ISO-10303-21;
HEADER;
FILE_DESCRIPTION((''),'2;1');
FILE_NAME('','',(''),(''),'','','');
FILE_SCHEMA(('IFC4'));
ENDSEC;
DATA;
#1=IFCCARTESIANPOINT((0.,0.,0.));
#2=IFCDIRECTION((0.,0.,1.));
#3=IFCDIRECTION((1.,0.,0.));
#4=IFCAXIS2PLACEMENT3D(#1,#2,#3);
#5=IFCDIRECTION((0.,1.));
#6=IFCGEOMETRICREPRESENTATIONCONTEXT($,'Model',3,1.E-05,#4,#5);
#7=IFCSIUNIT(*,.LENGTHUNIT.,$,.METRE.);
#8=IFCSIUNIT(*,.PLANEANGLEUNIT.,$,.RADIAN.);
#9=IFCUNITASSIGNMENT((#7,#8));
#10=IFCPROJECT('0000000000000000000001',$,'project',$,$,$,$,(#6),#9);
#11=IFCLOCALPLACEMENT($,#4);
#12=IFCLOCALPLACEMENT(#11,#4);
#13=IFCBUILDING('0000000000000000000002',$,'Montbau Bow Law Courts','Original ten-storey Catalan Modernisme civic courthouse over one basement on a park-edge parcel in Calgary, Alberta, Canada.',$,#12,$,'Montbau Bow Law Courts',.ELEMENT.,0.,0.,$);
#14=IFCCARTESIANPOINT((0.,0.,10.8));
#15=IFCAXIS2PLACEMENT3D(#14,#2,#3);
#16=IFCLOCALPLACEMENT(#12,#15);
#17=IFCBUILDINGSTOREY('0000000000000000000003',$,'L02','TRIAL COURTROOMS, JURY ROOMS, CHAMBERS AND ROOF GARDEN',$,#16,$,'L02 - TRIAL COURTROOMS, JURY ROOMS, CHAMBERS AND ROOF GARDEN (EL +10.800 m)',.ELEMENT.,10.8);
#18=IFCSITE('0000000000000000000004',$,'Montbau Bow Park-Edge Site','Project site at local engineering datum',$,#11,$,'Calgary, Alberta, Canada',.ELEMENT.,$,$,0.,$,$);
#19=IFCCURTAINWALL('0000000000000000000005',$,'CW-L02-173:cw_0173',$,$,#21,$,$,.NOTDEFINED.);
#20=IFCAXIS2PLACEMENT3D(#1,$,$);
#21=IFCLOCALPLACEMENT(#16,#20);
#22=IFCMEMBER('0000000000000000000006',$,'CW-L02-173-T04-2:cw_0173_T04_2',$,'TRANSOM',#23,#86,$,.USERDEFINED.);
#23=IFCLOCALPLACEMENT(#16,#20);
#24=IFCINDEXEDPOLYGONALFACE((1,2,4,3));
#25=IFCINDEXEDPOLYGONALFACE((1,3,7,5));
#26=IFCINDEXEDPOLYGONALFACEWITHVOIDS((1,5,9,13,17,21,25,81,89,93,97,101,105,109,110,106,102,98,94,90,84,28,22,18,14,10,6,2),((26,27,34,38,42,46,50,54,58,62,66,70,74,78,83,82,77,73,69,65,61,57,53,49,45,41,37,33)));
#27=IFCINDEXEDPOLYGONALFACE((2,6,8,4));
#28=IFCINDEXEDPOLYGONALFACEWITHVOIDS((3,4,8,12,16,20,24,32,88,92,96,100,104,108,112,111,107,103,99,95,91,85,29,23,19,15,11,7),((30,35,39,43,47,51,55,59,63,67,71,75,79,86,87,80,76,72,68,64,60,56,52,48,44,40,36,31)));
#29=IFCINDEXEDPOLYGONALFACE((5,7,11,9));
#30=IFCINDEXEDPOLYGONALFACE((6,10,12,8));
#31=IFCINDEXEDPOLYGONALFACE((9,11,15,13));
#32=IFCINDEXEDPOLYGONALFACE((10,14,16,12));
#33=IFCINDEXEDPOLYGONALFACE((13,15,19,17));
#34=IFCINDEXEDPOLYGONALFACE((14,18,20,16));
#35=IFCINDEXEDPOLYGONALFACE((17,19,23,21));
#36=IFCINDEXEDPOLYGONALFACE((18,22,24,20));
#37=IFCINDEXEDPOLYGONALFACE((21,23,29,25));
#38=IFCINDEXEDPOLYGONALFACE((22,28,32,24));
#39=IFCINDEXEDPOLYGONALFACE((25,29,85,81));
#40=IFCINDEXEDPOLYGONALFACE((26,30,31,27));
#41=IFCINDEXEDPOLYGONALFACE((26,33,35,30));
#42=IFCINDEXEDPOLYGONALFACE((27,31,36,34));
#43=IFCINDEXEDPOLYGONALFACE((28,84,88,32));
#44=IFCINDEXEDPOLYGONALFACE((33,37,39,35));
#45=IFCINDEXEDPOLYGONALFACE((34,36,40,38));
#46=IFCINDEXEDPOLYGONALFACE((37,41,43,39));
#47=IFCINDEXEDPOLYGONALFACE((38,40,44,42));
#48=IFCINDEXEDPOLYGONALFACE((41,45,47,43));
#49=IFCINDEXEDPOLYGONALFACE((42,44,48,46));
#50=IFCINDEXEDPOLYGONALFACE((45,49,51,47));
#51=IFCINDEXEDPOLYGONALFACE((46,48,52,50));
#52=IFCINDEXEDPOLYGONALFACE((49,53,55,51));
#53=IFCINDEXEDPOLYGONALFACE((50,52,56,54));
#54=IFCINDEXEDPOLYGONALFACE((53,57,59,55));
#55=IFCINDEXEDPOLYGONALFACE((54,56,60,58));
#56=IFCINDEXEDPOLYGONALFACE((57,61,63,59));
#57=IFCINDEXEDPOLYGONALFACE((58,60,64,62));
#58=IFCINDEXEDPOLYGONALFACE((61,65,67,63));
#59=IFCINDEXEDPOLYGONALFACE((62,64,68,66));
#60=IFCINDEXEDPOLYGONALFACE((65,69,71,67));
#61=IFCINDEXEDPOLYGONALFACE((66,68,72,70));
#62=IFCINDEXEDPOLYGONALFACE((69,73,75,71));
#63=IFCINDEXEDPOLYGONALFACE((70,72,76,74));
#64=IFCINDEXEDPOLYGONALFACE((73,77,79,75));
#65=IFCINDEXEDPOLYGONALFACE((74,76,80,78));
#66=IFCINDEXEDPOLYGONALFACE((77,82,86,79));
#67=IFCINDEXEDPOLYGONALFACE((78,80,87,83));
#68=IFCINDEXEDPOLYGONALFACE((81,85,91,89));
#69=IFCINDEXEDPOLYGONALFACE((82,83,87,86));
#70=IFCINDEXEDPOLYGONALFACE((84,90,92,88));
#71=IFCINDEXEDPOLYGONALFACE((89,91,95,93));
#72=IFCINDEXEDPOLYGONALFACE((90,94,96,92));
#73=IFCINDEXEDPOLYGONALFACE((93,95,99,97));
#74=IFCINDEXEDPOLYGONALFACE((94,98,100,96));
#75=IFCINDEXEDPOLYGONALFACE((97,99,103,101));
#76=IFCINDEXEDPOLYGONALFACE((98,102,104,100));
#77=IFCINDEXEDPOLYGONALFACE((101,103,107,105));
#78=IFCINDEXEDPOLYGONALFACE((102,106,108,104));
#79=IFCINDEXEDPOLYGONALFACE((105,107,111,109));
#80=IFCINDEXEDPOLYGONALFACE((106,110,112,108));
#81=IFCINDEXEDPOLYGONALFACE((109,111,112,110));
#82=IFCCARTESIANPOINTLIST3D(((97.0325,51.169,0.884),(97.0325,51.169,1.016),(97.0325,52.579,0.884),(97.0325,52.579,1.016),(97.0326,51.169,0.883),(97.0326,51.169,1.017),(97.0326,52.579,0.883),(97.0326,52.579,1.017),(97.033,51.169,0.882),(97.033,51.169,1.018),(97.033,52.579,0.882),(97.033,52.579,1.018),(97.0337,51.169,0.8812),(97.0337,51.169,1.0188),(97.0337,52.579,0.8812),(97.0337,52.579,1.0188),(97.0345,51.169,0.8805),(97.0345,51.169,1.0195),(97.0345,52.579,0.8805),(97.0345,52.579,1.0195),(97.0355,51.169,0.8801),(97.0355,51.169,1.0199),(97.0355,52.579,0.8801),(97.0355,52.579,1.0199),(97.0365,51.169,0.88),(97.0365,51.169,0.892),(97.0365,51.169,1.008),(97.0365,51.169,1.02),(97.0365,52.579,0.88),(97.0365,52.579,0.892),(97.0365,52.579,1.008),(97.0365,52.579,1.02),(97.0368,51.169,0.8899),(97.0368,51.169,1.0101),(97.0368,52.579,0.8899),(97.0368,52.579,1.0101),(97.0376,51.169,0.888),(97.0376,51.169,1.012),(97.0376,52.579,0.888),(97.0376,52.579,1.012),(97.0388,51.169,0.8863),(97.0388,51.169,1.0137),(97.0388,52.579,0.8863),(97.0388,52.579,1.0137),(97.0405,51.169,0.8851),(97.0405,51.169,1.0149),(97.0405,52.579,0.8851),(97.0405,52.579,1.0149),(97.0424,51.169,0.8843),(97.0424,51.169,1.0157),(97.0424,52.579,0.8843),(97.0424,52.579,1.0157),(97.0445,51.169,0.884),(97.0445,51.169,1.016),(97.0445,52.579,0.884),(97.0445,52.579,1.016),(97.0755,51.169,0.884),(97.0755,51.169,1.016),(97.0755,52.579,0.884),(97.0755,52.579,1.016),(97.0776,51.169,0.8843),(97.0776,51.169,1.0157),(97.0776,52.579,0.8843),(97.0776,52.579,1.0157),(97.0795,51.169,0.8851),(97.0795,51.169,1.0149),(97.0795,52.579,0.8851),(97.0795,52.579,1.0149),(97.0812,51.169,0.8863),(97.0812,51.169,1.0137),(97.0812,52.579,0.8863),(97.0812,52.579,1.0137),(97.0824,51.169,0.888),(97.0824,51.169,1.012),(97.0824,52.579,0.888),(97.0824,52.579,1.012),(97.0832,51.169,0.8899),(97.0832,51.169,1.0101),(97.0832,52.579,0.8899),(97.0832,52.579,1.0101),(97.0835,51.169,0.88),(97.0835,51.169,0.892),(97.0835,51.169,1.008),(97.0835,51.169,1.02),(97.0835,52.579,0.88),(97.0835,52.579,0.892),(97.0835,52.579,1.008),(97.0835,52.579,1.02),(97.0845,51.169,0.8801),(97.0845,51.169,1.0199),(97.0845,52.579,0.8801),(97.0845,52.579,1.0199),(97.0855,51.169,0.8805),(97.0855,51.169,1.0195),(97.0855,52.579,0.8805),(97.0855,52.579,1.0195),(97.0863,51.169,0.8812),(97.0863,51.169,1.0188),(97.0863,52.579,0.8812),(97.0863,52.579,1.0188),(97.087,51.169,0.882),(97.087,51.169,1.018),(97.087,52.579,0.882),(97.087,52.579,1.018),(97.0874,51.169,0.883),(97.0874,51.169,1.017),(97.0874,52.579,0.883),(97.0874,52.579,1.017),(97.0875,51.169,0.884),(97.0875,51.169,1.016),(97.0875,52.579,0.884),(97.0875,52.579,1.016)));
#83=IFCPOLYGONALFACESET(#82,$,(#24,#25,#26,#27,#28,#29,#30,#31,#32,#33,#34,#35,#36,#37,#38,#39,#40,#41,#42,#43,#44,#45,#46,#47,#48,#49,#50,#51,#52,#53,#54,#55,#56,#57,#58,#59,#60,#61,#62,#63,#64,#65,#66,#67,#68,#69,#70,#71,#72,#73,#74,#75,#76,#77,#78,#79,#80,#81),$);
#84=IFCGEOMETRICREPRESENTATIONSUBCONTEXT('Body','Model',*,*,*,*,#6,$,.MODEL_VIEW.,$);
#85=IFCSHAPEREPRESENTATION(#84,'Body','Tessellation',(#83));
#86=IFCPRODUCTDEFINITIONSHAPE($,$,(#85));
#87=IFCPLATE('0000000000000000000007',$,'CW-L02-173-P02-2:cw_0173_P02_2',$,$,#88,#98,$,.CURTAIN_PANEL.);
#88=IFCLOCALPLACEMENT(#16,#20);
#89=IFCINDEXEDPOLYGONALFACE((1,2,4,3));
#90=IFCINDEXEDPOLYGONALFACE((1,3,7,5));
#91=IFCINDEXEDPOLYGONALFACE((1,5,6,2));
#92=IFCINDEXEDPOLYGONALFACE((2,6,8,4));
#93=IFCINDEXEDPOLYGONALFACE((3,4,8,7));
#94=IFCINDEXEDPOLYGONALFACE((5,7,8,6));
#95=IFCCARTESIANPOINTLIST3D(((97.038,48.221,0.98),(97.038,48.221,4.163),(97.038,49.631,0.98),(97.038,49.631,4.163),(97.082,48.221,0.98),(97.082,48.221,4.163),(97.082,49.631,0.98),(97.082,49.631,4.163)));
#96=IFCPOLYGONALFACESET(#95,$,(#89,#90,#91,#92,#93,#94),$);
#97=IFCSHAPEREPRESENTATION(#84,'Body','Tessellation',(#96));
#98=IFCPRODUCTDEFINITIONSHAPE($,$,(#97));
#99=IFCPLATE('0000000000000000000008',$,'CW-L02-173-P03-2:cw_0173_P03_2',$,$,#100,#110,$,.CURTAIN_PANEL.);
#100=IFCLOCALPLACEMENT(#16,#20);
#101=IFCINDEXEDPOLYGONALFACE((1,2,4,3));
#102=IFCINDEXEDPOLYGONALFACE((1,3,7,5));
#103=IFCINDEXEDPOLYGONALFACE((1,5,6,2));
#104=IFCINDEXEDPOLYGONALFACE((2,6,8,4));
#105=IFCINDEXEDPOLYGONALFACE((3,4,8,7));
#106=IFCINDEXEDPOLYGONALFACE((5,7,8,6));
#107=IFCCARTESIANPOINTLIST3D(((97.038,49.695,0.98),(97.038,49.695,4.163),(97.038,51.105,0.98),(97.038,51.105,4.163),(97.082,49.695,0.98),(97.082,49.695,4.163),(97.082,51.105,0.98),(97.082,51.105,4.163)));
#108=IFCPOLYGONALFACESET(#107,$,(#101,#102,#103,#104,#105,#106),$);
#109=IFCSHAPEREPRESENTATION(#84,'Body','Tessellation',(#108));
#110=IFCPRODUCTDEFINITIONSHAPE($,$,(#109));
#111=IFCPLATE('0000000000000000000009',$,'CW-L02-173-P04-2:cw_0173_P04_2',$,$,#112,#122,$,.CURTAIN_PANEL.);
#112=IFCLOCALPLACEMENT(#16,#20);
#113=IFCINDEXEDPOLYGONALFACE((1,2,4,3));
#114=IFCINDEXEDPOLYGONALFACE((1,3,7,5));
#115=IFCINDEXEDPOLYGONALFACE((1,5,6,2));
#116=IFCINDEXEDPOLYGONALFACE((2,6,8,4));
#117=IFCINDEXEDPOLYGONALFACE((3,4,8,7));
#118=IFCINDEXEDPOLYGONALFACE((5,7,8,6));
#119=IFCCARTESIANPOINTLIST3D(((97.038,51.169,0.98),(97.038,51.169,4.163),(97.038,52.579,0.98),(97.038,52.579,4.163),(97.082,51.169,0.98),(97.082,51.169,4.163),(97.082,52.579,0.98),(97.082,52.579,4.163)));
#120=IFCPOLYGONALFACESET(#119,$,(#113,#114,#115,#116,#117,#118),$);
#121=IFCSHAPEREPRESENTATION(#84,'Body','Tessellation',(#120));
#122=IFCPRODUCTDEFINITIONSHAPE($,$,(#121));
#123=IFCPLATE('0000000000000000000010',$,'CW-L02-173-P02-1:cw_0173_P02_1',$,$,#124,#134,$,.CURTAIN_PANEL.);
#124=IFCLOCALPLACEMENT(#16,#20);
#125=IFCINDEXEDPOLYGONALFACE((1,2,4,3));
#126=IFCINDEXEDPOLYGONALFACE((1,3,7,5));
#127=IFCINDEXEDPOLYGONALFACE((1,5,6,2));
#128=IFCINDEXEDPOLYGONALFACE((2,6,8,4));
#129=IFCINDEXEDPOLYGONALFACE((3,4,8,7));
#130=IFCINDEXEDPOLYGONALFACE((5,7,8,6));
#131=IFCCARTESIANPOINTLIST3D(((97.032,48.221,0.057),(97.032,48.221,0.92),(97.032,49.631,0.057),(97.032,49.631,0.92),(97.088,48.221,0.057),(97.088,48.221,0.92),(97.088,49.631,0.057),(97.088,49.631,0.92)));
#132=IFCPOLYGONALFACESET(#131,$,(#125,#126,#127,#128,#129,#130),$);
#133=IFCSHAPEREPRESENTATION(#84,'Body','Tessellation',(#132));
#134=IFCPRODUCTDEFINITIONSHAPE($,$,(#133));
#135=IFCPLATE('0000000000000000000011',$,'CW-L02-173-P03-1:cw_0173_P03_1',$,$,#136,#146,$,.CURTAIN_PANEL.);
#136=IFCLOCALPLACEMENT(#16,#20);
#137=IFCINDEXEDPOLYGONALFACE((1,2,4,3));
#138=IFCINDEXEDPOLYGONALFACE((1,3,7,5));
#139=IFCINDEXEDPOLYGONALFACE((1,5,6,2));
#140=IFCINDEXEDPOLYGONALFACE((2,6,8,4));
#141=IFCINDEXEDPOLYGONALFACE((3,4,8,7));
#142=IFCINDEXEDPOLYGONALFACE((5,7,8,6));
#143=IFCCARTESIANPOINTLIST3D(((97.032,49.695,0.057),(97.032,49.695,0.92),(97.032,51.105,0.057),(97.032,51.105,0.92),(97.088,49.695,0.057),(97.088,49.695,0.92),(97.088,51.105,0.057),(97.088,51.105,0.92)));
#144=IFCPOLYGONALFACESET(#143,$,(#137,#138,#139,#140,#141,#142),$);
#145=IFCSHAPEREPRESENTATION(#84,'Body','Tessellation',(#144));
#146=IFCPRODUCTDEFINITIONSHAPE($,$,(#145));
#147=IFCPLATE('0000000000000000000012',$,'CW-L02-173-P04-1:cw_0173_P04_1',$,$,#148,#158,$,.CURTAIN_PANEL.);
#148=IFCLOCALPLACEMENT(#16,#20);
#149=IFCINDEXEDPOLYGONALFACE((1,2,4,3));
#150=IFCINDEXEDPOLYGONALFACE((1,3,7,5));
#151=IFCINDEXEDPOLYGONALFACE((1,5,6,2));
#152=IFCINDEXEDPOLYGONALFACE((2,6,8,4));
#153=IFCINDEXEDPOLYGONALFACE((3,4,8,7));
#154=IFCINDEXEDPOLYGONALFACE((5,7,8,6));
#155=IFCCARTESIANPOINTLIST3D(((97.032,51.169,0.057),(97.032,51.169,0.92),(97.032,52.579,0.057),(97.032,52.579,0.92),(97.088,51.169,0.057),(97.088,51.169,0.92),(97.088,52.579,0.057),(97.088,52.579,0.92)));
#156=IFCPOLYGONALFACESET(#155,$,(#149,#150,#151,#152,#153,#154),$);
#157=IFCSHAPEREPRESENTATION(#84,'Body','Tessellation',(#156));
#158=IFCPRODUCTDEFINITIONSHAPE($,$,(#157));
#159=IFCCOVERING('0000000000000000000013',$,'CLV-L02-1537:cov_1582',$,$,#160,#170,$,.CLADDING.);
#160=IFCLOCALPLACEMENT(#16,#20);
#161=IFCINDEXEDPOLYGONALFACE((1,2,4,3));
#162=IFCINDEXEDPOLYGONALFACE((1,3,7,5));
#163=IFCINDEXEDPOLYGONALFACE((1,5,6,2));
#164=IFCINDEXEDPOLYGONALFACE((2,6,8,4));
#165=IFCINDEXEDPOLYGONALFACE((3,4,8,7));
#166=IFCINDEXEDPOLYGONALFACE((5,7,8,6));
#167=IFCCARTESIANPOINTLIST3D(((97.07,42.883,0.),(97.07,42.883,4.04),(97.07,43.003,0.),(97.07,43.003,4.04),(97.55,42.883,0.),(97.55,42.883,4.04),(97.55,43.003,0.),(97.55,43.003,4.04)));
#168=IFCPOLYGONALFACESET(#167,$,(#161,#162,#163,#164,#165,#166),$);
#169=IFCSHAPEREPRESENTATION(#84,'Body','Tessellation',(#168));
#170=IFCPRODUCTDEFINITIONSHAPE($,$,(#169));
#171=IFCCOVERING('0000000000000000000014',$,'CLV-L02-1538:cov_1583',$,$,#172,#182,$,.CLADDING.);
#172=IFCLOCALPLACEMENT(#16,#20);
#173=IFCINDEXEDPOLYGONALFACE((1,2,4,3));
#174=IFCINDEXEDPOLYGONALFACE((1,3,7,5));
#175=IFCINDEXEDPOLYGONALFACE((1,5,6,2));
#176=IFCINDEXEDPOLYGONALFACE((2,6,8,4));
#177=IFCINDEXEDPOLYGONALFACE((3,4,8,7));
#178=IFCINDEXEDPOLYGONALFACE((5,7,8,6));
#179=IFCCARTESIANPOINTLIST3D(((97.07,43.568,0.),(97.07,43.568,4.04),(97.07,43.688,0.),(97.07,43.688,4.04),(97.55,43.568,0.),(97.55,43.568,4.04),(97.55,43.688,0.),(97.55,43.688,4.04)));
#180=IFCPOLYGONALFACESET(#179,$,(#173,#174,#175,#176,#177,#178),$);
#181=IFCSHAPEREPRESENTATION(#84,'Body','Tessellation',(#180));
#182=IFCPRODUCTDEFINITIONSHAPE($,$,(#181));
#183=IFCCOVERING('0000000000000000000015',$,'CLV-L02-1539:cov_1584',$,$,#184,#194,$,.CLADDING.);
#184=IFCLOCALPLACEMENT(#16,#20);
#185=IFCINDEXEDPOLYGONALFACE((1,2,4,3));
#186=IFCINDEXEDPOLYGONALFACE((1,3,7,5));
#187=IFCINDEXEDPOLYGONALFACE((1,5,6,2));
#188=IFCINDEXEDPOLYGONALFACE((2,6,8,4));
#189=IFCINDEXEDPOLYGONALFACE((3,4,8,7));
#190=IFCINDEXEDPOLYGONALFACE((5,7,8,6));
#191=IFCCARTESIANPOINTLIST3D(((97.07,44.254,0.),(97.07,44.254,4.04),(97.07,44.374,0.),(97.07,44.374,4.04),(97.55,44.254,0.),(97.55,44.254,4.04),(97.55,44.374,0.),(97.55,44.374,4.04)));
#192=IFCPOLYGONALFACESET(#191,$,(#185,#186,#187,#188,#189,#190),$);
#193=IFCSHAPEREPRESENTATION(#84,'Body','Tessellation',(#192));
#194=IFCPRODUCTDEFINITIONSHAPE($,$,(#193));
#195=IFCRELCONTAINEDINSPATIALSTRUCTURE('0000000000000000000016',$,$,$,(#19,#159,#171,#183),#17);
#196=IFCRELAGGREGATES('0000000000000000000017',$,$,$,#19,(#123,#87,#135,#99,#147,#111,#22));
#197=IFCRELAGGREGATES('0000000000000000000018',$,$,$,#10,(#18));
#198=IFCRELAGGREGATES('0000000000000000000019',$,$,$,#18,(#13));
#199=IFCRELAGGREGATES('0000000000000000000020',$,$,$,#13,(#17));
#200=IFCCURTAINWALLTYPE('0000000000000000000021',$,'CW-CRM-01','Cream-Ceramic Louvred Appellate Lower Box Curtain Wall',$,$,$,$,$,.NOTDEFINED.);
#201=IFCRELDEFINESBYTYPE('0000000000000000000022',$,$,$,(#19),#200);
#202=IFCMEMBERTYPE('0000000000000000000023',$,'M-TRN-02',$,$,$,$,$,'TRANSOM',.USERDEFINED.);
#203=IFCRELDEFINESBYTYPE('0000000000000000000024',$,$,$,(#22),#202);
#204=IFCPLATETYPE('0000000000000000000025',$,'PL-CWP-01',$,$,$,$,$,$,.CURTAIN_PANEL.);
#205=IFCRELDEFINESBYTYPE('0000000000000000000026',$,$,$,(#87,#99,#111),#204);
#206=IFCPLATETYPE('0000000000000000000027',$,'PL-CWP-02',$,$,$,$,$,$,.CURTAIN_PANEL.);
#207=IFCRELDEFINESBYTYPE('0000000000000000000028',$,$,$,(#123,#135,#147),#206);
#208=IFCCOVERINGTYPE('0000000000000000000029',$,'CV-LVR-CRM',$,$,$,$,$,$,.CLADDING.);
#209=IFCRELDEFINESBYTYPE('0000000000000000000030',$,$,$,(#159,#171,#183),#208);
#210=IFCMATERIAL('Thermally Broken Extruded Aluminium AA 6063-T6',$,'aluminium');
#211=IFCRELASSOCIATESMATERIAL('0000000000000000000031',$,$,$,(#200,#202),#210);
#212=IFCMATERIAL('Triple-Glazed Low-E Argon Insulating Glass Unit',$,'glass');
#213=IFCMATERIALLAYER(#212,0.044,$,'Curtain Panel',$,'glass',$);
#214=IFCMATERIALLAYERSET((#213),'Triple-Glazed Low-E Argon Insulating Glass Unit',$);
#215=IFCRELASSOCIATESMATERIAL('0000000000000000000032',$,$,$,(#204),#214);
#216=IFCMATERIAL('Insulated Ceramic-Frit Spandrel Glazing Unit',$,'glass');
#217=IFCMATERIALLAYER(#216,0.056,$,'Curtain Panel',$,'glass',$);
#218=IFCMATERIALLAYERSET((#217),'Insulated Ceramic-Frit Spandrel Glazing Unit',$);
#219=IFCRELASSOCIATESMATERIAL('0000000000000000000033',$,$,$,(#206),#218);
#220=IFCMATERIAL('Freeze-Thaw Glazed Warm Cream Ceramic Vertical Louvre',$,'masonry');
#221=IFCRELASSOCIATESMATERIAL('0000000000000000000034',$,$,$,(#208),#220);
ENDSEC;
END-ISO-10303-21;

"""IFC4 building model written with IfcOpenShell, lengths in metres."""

from ifc_helpers import new_model, si_unit, direction, frame, frame_2d, origin_with_axes, origin_2d_with_axis, place, context, subcontext, project, spatial, rectangle, hollow_rectangle, extrude, material, layer, layer_set, material_profile, profile_set, type_object, element, aggregate, save


model = new_model("IFC4")

# Units and contexts
model_context = context("Model", 3, precision=1e-05, world=origin_with_axes(), true_north=direction((0.0, 1.0)))
body_context = subcontext(model_context, "Body", "Model", "MODEL_VIEW")
ifc_project = project(units=[si_unit("LENGTHUNIT", "METRE"), si_unit("PLANEANGLEUNIT", "RADIAN")], contexts=[model_context])

# Site, building, storey
site_placement = place(None, origin_with_axes())
site = spatial("IfcSite", under=ifc_project, at=site_placement, Name="Montbau Bow Park-Edge Site", Description="Project site at local engineering datum", LongName="Calgary, Alberta, Canada", CompositionType="ELEMENT", RefElevation=0.0)
building_placement = place(site_placement, origin_with_axes())
building = spatial("IfcBuilding", under=site, at=building_placement, Name="Montbau Bow Law Courts", Description="Original ten-storey Catalan Modernisme civic courthouse over one basement on a park-edge parcel in Calgary, Alberta, Canada.", LongName="Montbau Bow Law Courts", CompositionType="ELEMENT", ElevationOfRefHeight=0.0, ElevationOfTerrain=0.0)
storey_placement = place(building_placement, frame((0.0, 0.0, 10.8), z_axis=(0.0, 0.0, 1.0), x_axis=(1.0, 0.0, 0.0)))
storey = spatial("IfcBuildingStorey", under=building, at=storey_placement, Name="L02", Description="TRIAL COURTROOMS, JURY ROOMS, CHAMBERS AND ROOF GARDEN", LongName="L02 - TRIAL COURTROOMS, JURY ROOMS, CHAMBERS AND ROOF GARDEN (EL +10.800 m)", CompositionType="ELEMENT", Elevation=10.8)

# Curtain wall, member, plates
ifc_material_1 = material(Name="Thermally Broken Extruded Aluminium AA 6063-T6", Category="aluminium")
curtain_wall_type = type_object("IfcCurtainWallType", Name="CW-CRM-01", Description="Cream-Ceramic Louvred Appellate Lower Box Curtain Wall", PredefinedType="NOTDEFINED", material=ifc_material_1)
curtain_wall_placement = place(None, frame((97.06, 46.715, 10.8), z_axis=(0.0, 0.0, 1.0), x_axis=(1.0, 0.0, 0.0)))
curtain_wall = element("IfcCurtainWall", 1, at=curtain_wall_placement, inside=storey, type_object=curtain_wall_type, Name="CW-L02-173:cw_0173", PredefinedType="NOTDEFINED")
ifc_material_profile_1 = material_profile(ifc_material_1, hollow_rectangle(XDim=0.055, YDim=0.14, WallThickness=0.004, InnerFilletRadius=0.008, OuterFilletRadius=0.004, at=origin_2d_with_axis()), Name="CWT-140X55", Category="Main", Priority=0)
ifc_profile_set_1 = profile_set([ifc_material_profile_1], Name="Thermally Broken Extruded Aluminium AA 6063-T6")
member_type_1 = type_object("IfcMemberType", Name="M-TRN-02", ElementType="TRANSOM", PredefinedType="USERDEFINED", material=ifc_profile_set_1)
member_1_placement = place(None, frame((97.06, 51.169, 11.75), z_axis=(0.0, 1.0, 0.0), x_axis=(-1.0, 0.0, 0.0)))
member_1 = element("IfcMember", 2, at=member_1_placement, type_object=member_type_1, Name="CW-L02-173-T04-2:cw_0173_T04_2", ObjectType="TRANSOM", PredefinedType="USERDEFINED", context=body_context, shape_type="SweptSolid", body=[
    extrude(hollow_rectangle(XDim=0.055, YDim=0.14, WallThickness=0.004, InnerFilletRadius=0.008, OuterFilletRadius=0.004, at=origin_2d_with_axis()), origin_with_axes(), (0.0, 0.0, 1.0), 1.41),
])
ifc_material_2 = material(Name="Triple-Glazed Low-E Argon Insulating Glass Unit", Category="glass")
ifc_layer_1 = layer(ifc_material_2, 0.044, Name="Curtain Panel", Category="glass")
ifc_layer_set_1 = layer_set([ifc_layer_1], Name="Triple-Glazed Low-E Argon Insulating Glass Unit")
plate_type_1 = type_object("IfcPlateType", Name="PL-CWP-01", PredefinedType="CURTAIN_PANEL", material=ifc_layer_set_1)
plate_1_placement = place(None, frame((97.06, 48.221, 11.78), z_axis=(1.0, 0.0, 0.0), x_axis=(0.0, 1.0, 0.0)))
plate_1 = element("IfcPlate", 3, at=plate_1_placement, type_object=plate_type_1, Name="CW-L02-173-P02-2:cw_0173_P02_2", PredefinedType="CURTAIN_PANEL", context=body_context, shape_type="SweptSolid", body=[
    extrude(rectangle(XDim=1.41, YDim=3.183, at=frame_2d((0.705, 1.5915), x_axis=(1.0, 0.0))), frame((0.0, 0.0, -0.022), z_axis=(0.0, 0.0, 1.0), x_axis=(1.0, 0.0, 0.0)), (0.0, 0.0, 1.0), 0.044),
])
plate_2_placement = place(None, frame((97.06, 49.695, 11.78), z_axis=(1.0, 0.0, 0.0), x_axis=(0.0, 1.0, 0.0)))
plate_2 = element("IfcPlate", 4, at=plate_2_placement, type_object=plate_type_1, Name="CW-L02-173-P03-2:cw_0173_P03_2", PredefinedType="CURTAIN_PANEL", context=body_context, shape_type="SweptSolid", body=[
    extrude(rectangle(XDim=1.41, YDim=3.183, at=frame_2d((0.705, 1.5915), x_axis=(1.0, 0.0))), frame((0.0, 0.0, -0.022), z_axis=(0.0, 0.0, 1.0), x_axis=(1.0, 0.0, 0.0)), (0.0, 0.0, 1.0), 0.044),
])
plate_3_placement = place(None, frame((97.06, 51.169, 11.78), z_axis=(1.0, 0.0, 0.0), x_axis=(0.0, 1.0, 0.0)))
plate_3 = element("IfcPlate", 5, at=plate_3_placement, type_object=plate_type_1, Name="CW-L02-173-P04-2:cw_0173_P04_2", PredefinedType="CURTAIN_PANEL", context=body_context, shape_type="SweptSolid", body=[
    extrude(rectangle(XDim=1.41, YDim=3.183, at=frame_2d((0.705, 1.5915), x_axis=(1.0, 0.0))), frame((0.0, 0.0, -0.022), z_axis=(0.0, 0.0, 1.0), x_axis=(1.0, 0.0, 0.0)), (0.0, 0.0, 1.0), 0.044),
])
ifc_material_3 = material(Name="Insulated Ceramic-Frit Spandrel Glazing Unit", Category="glass")
ifc_layer_2 = layer(ifc_material_3, 0.056, Name="Curtain Panel", Category="glass")
ifc_layer_set_2 = layer_set([ifc_layer_2], Name="Insulated Ceramic-Frit Spandrel Glazing Unit")
plate_type_2 = type_object("IfcPlateType", Name="PL-CWP-02", PredefinedType="CURTAIN_PANEL", material=ifc_layer_set_2)
plate_4_placement = place(None, frame((97.06, 48.221, 10.857), z_axis=(1.0, 0.0, 0.0), x_axis=(0.0, 1.0, 0.0)))
plate_4 = element("IfcPlate", 6, at=plate_4_placement, type_object=plate_type_2, Name="CW-L02-173-P02-1:cw_0173_P02_1", PredefinedType="CURTAIN_PANEL", context=body_context, shape_type="SweptSolid", body=[
    extrude(rectangle(XDim=1.41, YDim=0.863, at=frame_2d((0.705, 0.4315), x_axis=(1.0, 0.0))), frame((0.0, 0.0, -0.028), z_axis=(0.0, 0.0, 1.0), x_axis=(1.0, 0.0, 0.0)), (0.0, 0.0, 1.0), 0.056),
])
plate_5_placement = place(None, frame((97.06, 49.695, 10.857), z_axis=(1.0, 0.0, 0.0), x_axis=(0.0, 1.0, 0.0)))
plate_5 = element("IfcPlate", 7, at=plate_5_placement, type_object=plate_type_2, Name="CW-L02-173-P03-1:cw_0173_P03_1", PredefinedType="CURTAIN_PANEL", context=body_context, shape_type="SweptSolid", body=[
    extrude(rectangle(XDim=1.41, YDim=0.863, at=frame_2d((0.705, 0.4315), x_axis=(1.0, 0.0))), frame((0.0, 0.0, -0.028), z_axis=(0.0, 0.0, 1.0), x_axis=(1.0, 0.0, 0.0)), (0.0, 0.0, 1.0), 0.056),
])
plate_6_placement = place(None, frame((97.06, 51.169, 10.857), z_axis=(1.0, 0.0, 0.0), x_axis=(0.0, 1.0, 0.0)))
plate_6 = element("IfcPlate", 8, at=plate_6_placement, type_object=plate_type_2, Name="CW-L02-173-P04-1:cw_0173_P04_1", PredefinedType="CURTAIN_PANEL", context=body_context, shape_type="SweptSolid", body=[
    extrude(rectangle(XDim=1.41, YDim=0.863, at=frame_2d((0.705, 0.4315), x_axis=(1.0, 0.0))), frame((0.0, 0.0, -0.028), z_axis=(0.0, 0.0, 1.0), x_axis=(1.0, 0.0, 0.0)), (0.0, 0.0, 1.0), 0.056),
])
aggregate(curtain_wall, [plate_4, plate_1, plate_5, plate_2, plate_6, plate_3, member_1])

# Coverings
ifc_material_4 = material(Name="Freeze-Thaw Glazed Warm Cream Ceramic Vertical Louvre", Category="masonry")
covering_type = type_object("IfcCoveringType", Name="CV-LVR-CRM", PredefinedType="CLADDING", material=ifc_material_4)
for number, where, z_axis, x_axis, name in (
    (9, (97.07, 42.943, 10.8), (0.0, -1.0, 0.0), (1.0, 0.0, 0.0), "CLV-L02-1537:cov_1582"),
    (10, (97.07, 43.628, 10.8), (0.0, -1.0, 0.0), (1.0, 0.0, 0.0), "CLV-L02-1538:cov_1583"),
    (11, (97.07, 44.314, 10.8), (0.0, -1.0, 0.0), (1.0, 0.0, 0.0), "CLV-L02-1539:cov_1584"),
):
    element("IfcCovering", number, at=place(None, frame(where, z_axis=z_axis, x_axis=x_axis)), inside=storey, type_object=covering_type, Name=name, PredefinedType="CLADDING", context=body_context, shape_type="SweptSolid", body=[
        extrude(rectangle(XDim=0.48, YDim=4.04, at=frame_2d((0.24, 2.02), x_axis=(1.0, 0.0))), frame((0.0, 0.0, -0.06), z_axis=(0.0, 0.0, 1.0), x_axis=(1.0, 0.0, 0.0)), (0.0, 0.0, 1.0), 0.12),
    ])

save(model, "model.ifc")
